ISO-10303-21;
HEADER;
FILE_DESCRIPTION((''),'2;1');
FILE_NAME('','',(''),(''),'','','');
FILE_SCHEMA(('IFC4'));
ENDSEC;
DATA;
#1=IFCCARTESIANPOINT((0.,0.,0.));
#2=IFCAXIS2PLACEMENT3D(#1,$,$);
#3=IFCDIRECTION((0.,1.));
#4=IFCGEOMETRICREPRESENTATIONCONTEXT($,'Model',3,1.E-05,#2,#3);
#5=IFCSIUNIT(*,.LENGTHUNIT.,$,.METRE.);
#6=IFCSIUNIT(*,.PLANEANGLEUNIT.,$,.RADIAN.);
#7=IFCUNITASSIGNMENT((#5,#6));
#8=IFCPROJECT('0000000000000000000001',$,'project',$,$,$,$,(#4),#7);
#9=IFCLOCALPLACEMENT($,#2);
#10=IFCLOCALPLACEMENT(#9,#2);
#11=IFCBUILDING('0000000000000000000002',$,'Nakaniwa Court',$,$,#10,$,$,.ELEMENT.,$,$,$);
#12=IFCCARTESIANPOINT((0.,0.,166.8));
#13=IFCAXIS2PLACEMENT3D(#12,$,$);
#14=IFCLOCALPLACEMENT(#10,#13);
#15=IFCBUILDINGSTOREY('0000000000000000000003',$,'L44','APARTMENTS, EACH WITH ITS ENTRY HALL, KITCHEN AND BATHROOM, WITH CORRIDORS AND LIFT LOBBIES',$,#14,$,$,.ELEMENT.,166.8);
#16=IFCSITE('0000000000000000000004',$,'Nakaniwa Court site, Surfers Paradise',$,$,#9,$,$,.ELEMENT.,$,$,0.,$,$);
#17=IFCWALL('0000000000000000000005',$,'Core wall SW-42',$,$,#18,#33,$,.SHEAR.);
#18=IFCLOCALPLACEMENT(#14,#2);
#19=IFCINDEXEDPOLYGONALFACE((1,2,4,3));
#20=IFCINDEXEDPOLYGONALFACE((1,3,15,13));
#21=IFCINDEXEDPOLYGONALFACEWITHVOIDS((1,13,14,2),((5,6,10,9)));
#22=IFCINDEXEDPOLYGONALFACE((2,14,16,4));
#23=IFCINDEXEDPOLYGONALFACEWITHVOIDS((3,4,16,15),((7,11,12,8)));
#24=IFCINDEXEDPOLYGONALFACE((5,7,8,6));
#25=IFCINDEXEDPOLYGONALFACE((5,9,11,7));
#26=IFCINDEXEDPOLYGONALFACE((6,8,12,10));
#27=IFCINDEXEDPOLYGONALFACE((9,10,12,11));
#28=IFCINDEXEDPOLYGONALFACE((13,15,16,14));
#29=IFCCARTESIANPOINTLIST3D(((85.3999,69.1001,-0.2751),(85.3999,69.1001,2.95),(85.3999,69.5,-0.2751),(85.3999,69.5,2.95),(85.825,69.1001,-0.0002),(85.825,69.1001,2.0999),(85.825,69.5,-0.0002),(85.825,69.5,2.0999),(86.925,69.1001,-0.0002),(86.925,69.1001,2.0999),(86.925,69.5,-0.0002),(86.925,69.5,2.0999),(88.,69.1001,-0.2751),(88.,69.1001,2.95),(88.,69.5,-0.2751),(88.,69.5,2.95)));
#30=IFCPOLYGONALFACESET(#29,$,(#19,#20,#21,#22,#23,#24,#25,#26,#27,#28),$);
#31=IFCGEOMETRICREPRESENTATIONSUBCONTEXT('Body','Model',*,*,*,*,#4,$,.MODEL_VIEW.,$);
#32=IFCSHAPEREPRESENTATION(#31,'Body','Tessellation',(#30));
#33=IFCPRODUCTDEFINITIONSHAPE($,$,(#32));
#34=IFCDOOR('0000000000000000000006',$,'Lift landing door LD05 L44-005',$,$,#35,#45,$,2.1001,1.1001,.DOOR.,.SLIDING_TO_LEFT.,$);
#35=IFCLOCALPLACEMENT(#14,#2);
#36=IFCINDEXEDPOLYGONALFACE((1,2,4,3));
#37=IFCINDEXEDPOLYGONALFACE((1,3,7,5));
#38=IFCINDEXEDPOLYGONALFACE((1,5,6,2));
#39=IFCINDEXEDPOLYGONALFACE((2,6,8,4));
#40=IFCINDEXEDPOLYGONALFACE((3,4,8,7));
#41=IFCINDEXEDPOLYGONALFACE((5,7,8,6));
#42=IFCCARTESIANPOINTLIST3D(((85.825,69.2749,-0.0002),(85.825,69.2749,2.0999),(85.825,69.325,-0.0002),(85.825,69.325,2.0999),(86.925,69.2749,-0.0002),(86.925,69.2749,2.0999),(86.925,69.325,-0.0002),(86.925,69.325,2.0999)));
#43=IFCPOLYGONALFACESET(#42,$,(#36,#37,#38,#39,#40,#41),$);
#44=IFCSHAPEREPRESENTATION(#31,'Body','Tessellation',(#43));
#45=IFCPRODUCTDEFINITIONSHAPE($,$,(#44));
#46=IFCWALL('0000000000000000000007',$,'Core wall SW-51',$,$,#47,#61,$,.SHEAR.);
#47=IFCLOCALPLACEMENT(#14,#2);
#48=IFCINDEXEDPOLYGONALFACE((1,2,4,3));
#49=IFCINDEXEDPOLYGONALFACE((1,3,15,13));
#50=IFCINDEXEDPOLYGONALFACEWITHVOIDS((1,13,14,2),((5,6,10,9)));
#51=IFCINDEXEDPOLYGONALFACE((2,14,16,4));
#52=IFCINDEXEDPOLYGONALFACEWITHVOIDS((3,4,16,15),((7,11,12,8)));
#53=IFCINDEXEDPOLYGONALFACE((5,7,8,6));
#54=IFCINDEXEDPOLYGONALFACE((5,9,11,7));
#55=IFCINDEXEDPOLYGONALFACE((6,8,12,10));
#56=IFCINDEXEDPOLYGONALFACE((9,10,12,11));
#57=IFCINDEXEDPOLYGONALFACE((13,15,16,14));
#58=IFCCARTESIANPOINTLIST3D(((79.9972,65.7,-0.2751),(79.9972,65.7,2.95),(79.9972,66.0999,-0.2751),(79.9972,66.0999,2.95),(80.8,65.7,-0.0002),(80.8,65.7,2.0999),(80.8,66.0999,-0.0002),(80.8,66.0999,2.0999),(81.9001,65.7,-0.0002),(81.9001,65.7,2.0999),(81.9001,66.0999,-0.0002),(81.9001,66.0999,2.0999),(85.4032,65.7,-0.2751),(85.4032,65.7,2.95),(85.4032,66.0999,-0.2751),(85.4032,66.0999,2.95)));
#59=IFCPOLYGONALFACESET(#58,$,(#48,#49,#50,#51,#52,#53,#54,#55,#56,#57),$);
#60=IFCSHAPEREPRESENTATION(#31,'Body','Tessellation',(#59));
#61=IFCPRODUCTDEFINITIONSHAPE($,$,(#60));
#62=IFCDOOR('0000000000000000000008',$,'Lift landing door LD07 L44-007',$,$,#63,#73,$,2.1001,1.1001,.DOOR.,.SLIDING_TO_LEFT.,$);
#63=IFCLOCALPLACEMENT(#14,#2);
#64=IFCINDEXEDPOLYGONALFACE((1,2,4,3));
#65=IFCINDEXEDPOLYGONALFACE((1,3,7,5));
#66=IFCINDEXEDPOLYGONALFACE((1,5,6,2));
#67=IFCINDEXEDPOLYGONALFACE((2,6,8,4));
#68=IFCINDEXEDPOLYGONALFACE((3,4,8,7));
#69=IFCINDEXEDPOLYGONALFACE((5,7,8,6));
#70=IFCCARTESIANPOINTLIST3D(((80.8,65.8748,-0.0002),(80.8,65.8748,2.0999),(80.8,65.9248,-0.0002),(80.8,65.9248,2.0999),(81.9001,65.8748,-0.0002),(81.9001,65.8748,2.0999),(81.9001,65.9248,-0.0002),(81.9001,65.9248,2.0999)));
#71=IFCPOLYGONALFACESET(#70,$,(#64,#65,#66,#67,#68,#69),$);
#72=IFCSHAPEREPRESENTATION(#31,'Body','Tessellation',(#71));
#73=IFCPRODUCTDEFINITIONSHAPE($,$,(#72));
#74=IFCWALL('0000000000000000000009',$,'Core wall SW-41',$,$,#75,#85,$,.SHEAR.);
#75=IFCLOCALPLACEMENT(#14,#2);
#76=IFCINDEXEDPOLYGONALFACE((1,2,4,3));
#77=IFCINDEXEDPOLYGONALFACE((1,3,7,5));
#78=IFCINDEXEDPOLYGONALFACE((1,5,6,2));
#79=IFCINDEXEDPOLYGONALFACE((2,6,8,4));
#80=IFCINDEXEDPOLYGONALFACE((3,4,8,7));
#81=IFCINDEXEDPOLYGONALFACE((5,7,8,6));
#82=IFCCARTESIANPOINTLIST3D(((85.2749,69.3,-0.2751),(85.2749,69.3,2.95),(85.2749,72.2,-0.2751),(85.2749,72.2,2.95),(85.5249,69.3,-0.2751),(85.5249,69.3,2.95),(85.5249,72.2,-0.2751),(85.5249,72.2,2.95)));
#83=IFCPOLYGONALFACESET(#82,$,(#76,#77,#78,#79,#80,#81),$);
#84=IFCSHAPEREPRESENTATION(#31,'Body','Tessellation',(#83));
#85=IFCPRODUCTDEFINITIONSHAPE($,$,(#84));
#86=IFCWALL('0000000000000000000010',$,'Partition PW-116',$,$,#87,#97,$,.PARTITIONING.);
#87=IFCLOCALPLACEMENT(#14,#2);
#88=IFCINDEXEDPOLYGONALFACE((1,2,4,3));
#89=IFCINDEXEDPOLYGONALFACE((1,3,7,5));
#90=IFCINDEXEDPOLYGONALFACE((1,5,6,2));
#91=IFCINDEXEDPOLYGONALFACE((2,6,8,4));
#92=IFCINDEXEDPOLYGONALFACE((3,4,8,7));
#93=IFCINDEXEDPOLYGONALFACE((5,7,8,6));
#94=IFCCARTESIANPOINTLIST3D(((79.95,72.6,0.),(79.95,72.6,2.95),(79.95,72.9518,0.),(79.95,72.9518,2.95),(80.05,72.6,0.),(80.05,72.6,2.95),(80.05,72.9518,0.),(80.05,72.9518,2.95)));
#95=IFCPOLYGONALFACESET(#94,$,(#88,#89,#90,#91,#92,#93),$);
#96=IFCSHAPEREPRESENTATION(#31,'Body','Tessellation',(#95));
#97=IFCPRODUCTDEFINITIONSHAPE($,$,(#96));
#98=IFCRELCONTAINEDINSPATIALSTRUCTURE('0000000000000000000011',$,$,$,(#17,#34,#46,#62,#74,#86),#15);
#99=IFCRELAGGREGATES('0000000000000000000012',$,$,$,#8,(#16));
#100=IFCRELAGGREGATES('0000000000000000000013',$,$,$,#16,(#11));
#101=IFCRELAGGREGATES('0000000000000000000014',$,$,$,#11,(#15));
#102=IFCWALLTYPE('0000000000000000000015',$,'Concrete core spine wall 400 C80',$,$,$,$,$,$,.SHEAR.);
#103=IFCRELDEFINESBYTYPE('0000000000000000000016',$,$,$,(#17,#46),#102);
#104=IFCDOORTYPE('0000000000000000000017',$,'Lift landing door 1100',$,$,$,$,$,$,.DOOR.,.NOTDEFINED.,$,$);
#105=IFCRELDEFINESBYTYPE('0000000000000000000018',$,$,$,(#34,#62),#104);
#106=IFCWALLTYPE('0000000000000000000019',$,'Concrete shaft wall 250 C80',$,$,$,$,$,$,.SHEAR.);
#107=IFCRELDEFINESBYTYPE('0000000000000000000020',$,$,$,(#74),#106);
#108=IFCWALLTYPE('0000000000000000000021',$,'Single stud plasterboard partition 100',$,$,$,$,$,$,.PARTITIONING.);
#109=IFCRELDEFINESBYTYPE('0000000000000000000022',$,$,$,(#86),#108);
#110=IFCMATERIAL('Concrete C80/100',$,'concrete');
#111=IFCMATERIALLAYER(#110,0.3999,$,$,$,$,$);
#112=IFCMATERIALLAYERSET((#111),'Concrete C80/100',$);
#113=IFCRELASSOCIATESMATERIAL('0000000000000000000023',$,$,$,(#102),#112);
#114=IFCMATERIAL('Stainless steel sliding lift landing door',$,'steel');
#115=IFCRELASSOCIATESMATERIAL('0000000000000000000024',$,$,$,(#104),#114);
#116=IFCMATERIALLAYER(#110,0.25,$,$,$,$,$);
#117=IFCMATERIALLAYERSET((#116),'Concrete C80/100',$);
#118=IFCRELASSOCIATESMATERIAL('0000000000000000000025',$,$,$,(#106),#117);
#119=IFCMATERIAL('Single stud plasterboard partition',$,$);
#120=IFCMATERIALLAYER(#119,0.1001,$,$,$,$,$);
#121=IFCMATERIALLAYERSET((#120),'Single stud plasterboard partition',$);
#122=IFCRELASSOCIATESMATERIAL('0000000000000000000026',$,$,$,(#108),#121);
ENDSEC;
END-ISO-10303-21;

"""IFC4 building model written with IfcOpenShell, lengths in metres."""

from ifc_helpers import new_model, si_unit, direction, frame, frame_2d, origin, place, context, subcontext, project, spatial, rectangle, extrude, material, layer, layer_set, type_object, element, fill, save


model = new_model("IFC4")

# Units and contexts
model_context = context("Model", 3, precision=1e-05, world=origin(), true_north=direction((0.0, 1.0)))
body_context = subcontext(model_context, "Body", "Model", "MODEL_VIEW")
ifc_project = project(units=[si_unit("LENGTHUNIT", "METRE"), si_unit("PLANEANGLEUNIT", "RADIAN")], contexts=[model_context])

# Site, building, storey
site_placement = place(None, origin())
site = spatial("IfcSite", under=ifc_project, at=site_placement, Name="Nakaniwa Court site, Surfers Paradise", CompositionType="ELEMENT", RefElevation=0.0)
building_placement = place(site_placement, origin())
building = spatial("IfcBuilding", under=site, at=building_placement, Name="Nakaniwa Court", CompositionType="ELEMENT")
storey_placement = place(building_placement, frame((0.0, 0.0, 166.8)))
storey = spatial("IfcBuildingStorey", under=building, at=storey_placement, Name="L44", Description="APARTMENTS, EACH WITH ITS ENTRY HALL, KITCHEN AND BATHROOM, WITH CORRIDORS AND LIFT LOBBIES", CompositionType="ELEMENT", Elevation=166.8)

# Walls, openings, doors
ifc_material_1 = material(Name="Concrete C80/100", Category="concrete")
ifc_layer_1 = layer(ifc_material_1, 0.3999)
ifc_layer_set_1 = layer_set([ifc_layer_1], Name="Concrete C80/100")
wall_type_1 = type_object("IfcWallType", Name="Concrete core spine wall 400 C80", PredefinedType="SHEAR", material=ifc_layer_set_1)
wall_1_placement = place(storey_placement, frame((85.3999, 69.3, -0.2751), z_axis=(0.0, 0.0, 1.0), x_axis=(1.0, 0.0, 0.0)))
wall_1 = element("IfcWall", 1, at=wall_1_placement, inside=storey, type_object=wall_type_1, Name="Core wall SW-42", PredefinedType="SHEAR", context=body_context, shape_type="SweptSolid", body=[
    extrude(rectangle(XDim=2.6001, YDim=0.3999, at=frame_2d((1.3, 0.0))), origin(), (0.0, 0.0, 1.0), 3.2251),
])
opening_1_placement = place(wall_1_placement, frame((0.425, 0.0, 0.2749)))
opening_1 = element("IfcOpeningElement", 2, at=opening_1_placement, cuts=wall_1, PredefinedType="OPENING", context=body_context, shape_type="SweptSolid", body=[
    extrude(rectangle(XDim=1.1001, YDim=2.1001, at=frame_2d((0.55, 1.05))), frame((0.0, 0.21, 0.0), z_axis=(0.0, -1.0, 0.0), x_axis=(1.0, 0.0, 0.0)), (0.0, 0.0, 1.0), 0.4199),
])
ifc_material_2 = material(Name="Stainless steel sliding lift landing door", Category="steel")
door_type_1 = type_object("IfcDoorType", Name="Lift landing door 1100", OperationType="NOTDEFINED", PredefinedType="DOOR", material=ifc_material_2)
door_1_placement = place(opening_1_placement, origin())
door_1 = element("IfcDoor", 3, at=door_1_placement, inside=storey, type_object=door_type_1, Name="Lift landing door LD05 L44-005", OperationType="SLIDING_TO_LEFT", OverallHeight=2.1001, OverallWidth=1.1001, PredefinedType="DOOR", context=body_context, shape_type="SweptSolid", body=[
    extrude(rectangle(XDim=1.1001, YDim=2.1001, at=frame_2d((0.55, 1.05))), frame((0.0, 0.0249, 0.0), z_axis=(0.0, -1.0, 0.0), x_axis=(1.0, 0.0, 0.0)), (0.0, 0.0, 1.0), 0.05),
])
fill(opening_1, door_1)
wall_2_placement = place(storey_placement, frame((79.9971, 65.8999, -0.2751), z_axis=(0.0, 0.0, 1.0), x_axis=(1.0, 0.0, 0.0)))
wall_2 = element("IfcWall", 4, at=wall_2_placement, inside=storey, type_object=wall_type_1, Name="Core wall SW-51", PredefinedType="SHEAR", context=body_context, shape_type="SweptSolid", body=[
    extrude(rectangle(XDim=5.406, YDim=0.3999, at=frame_2d((2.7031, 0.0))), origin(), (0.0, 0.0, 1.0), 3.2251),
])
opening_2_placement = place(wall_2_placement, frame((0.803, 0.0, 0.2749)))
opening_2 = element("IfcOpeningElement", 5, at=opening_2_placement, cuts=wall_2, PredefinedType="OPENING", context=body_context, shape_type="SweptSolid", body=[
    extrude(rectangle(XDim=1.1001, YDim=2.1001, at=frame_2d((0.55, 1.05))), frame((0.0, 0.21, 0.0), z_axis=(0.0, -1.0, 0.0), x_axis=(1.0, 0.0, 0.0)), (0.0, 0.0, 1.0), 0.4199),
])
door_2_placement = place(opening_2_placement, origin())
door_2 = element("IfcDoor", 6, at=door_2_placement, inside=storey, type_object=door_type_1, Name="Lift landing door LD07 L44-007", OperationType="SLIDING_TO_LEFT", OverallHeight=2.1001, OverallWidth=1.1001, PredefinedType="DOOR", context=body_context, shape_type="SweptSolid", body=[
    extrude(rectangle(XDim=1.1001, YDim=2.1001, at=frame_2d((0.55, 1.05))), frame((0.0, 0.0249, 0.0), z_axis=(0.0, -1.0, 0.0), x_axis=(1.0, 0.0, 0.0)), (0.0, 0.0, 1.0), 0.05),
])
fill(opening_2, door_2)

# Walls
ifc_layer_2 = layer(ifc_material_1, 0.25)
ifc_layer_set_2 = layer_set([ifc_layer_2], Name="Concrete C80/100")
wall_type_2 = type_object("IfcWallType", Name="Concrete shaft wall 250 C80", PredefinedType="SHEAR", material=ifc_layer_set_2)
wall_3_placement = place(storey_placement, frame((85.3999, 69.3, -0.2751), z_axis=(0.0, 0.0, 1.0), x_axis=(0.0, 1.0, 0.0)))
element("IfcWall", 7, at=wall_3_placement, inside=storey, type_object=wall_type_2, Name="Core wall SW-41", PredefinedType="SHEAR", context=body_context, shape_type="SweptSolid", body=[
    extrude(rectangle(XDim=2.8999, YDim=0.25, at=frame_2d((1.45, 0.0))), origin(), (0.0, 0.0, 1.0), 3.2251),
])
ifc_material_3 = material(Name="Single stud plasterboard partition")
ifc_layer_3 = layer(ifc_material_3, 0.1001)
ifc_layer_set_3 = layer_set([ifc_layer_3], Name="Single stud plasterboard partition")
wall_type_3 = type_object("IfcWallType", Name="Single stud plasterboard partition 100", PredefinedType="PARTITIONING", material=ifc_layer_set_3)
wall_4_placement = place(storey_placement, frame((80.0, 72.6001, 0.0), z_axis=(0.0, 0.0, 1.0), x_axis=(0.0, 1.0, 0.0)))
element("IfcWall", 8, at=wall_4_placement, inside=storey, type_object=wall_type_3, Name="Partition PW-116", PredefinedType="PARTITIONING", context=body_context, shape_type="SweptSolid", body=[
    extrude(rectangle(XDim=0.3518, YDim=0.1001, at=frame_2d((0.1758, 0.0))), origin(), (0.0, 0.0, 1.0), 2.95),
])

save(model, "model.ifc")
